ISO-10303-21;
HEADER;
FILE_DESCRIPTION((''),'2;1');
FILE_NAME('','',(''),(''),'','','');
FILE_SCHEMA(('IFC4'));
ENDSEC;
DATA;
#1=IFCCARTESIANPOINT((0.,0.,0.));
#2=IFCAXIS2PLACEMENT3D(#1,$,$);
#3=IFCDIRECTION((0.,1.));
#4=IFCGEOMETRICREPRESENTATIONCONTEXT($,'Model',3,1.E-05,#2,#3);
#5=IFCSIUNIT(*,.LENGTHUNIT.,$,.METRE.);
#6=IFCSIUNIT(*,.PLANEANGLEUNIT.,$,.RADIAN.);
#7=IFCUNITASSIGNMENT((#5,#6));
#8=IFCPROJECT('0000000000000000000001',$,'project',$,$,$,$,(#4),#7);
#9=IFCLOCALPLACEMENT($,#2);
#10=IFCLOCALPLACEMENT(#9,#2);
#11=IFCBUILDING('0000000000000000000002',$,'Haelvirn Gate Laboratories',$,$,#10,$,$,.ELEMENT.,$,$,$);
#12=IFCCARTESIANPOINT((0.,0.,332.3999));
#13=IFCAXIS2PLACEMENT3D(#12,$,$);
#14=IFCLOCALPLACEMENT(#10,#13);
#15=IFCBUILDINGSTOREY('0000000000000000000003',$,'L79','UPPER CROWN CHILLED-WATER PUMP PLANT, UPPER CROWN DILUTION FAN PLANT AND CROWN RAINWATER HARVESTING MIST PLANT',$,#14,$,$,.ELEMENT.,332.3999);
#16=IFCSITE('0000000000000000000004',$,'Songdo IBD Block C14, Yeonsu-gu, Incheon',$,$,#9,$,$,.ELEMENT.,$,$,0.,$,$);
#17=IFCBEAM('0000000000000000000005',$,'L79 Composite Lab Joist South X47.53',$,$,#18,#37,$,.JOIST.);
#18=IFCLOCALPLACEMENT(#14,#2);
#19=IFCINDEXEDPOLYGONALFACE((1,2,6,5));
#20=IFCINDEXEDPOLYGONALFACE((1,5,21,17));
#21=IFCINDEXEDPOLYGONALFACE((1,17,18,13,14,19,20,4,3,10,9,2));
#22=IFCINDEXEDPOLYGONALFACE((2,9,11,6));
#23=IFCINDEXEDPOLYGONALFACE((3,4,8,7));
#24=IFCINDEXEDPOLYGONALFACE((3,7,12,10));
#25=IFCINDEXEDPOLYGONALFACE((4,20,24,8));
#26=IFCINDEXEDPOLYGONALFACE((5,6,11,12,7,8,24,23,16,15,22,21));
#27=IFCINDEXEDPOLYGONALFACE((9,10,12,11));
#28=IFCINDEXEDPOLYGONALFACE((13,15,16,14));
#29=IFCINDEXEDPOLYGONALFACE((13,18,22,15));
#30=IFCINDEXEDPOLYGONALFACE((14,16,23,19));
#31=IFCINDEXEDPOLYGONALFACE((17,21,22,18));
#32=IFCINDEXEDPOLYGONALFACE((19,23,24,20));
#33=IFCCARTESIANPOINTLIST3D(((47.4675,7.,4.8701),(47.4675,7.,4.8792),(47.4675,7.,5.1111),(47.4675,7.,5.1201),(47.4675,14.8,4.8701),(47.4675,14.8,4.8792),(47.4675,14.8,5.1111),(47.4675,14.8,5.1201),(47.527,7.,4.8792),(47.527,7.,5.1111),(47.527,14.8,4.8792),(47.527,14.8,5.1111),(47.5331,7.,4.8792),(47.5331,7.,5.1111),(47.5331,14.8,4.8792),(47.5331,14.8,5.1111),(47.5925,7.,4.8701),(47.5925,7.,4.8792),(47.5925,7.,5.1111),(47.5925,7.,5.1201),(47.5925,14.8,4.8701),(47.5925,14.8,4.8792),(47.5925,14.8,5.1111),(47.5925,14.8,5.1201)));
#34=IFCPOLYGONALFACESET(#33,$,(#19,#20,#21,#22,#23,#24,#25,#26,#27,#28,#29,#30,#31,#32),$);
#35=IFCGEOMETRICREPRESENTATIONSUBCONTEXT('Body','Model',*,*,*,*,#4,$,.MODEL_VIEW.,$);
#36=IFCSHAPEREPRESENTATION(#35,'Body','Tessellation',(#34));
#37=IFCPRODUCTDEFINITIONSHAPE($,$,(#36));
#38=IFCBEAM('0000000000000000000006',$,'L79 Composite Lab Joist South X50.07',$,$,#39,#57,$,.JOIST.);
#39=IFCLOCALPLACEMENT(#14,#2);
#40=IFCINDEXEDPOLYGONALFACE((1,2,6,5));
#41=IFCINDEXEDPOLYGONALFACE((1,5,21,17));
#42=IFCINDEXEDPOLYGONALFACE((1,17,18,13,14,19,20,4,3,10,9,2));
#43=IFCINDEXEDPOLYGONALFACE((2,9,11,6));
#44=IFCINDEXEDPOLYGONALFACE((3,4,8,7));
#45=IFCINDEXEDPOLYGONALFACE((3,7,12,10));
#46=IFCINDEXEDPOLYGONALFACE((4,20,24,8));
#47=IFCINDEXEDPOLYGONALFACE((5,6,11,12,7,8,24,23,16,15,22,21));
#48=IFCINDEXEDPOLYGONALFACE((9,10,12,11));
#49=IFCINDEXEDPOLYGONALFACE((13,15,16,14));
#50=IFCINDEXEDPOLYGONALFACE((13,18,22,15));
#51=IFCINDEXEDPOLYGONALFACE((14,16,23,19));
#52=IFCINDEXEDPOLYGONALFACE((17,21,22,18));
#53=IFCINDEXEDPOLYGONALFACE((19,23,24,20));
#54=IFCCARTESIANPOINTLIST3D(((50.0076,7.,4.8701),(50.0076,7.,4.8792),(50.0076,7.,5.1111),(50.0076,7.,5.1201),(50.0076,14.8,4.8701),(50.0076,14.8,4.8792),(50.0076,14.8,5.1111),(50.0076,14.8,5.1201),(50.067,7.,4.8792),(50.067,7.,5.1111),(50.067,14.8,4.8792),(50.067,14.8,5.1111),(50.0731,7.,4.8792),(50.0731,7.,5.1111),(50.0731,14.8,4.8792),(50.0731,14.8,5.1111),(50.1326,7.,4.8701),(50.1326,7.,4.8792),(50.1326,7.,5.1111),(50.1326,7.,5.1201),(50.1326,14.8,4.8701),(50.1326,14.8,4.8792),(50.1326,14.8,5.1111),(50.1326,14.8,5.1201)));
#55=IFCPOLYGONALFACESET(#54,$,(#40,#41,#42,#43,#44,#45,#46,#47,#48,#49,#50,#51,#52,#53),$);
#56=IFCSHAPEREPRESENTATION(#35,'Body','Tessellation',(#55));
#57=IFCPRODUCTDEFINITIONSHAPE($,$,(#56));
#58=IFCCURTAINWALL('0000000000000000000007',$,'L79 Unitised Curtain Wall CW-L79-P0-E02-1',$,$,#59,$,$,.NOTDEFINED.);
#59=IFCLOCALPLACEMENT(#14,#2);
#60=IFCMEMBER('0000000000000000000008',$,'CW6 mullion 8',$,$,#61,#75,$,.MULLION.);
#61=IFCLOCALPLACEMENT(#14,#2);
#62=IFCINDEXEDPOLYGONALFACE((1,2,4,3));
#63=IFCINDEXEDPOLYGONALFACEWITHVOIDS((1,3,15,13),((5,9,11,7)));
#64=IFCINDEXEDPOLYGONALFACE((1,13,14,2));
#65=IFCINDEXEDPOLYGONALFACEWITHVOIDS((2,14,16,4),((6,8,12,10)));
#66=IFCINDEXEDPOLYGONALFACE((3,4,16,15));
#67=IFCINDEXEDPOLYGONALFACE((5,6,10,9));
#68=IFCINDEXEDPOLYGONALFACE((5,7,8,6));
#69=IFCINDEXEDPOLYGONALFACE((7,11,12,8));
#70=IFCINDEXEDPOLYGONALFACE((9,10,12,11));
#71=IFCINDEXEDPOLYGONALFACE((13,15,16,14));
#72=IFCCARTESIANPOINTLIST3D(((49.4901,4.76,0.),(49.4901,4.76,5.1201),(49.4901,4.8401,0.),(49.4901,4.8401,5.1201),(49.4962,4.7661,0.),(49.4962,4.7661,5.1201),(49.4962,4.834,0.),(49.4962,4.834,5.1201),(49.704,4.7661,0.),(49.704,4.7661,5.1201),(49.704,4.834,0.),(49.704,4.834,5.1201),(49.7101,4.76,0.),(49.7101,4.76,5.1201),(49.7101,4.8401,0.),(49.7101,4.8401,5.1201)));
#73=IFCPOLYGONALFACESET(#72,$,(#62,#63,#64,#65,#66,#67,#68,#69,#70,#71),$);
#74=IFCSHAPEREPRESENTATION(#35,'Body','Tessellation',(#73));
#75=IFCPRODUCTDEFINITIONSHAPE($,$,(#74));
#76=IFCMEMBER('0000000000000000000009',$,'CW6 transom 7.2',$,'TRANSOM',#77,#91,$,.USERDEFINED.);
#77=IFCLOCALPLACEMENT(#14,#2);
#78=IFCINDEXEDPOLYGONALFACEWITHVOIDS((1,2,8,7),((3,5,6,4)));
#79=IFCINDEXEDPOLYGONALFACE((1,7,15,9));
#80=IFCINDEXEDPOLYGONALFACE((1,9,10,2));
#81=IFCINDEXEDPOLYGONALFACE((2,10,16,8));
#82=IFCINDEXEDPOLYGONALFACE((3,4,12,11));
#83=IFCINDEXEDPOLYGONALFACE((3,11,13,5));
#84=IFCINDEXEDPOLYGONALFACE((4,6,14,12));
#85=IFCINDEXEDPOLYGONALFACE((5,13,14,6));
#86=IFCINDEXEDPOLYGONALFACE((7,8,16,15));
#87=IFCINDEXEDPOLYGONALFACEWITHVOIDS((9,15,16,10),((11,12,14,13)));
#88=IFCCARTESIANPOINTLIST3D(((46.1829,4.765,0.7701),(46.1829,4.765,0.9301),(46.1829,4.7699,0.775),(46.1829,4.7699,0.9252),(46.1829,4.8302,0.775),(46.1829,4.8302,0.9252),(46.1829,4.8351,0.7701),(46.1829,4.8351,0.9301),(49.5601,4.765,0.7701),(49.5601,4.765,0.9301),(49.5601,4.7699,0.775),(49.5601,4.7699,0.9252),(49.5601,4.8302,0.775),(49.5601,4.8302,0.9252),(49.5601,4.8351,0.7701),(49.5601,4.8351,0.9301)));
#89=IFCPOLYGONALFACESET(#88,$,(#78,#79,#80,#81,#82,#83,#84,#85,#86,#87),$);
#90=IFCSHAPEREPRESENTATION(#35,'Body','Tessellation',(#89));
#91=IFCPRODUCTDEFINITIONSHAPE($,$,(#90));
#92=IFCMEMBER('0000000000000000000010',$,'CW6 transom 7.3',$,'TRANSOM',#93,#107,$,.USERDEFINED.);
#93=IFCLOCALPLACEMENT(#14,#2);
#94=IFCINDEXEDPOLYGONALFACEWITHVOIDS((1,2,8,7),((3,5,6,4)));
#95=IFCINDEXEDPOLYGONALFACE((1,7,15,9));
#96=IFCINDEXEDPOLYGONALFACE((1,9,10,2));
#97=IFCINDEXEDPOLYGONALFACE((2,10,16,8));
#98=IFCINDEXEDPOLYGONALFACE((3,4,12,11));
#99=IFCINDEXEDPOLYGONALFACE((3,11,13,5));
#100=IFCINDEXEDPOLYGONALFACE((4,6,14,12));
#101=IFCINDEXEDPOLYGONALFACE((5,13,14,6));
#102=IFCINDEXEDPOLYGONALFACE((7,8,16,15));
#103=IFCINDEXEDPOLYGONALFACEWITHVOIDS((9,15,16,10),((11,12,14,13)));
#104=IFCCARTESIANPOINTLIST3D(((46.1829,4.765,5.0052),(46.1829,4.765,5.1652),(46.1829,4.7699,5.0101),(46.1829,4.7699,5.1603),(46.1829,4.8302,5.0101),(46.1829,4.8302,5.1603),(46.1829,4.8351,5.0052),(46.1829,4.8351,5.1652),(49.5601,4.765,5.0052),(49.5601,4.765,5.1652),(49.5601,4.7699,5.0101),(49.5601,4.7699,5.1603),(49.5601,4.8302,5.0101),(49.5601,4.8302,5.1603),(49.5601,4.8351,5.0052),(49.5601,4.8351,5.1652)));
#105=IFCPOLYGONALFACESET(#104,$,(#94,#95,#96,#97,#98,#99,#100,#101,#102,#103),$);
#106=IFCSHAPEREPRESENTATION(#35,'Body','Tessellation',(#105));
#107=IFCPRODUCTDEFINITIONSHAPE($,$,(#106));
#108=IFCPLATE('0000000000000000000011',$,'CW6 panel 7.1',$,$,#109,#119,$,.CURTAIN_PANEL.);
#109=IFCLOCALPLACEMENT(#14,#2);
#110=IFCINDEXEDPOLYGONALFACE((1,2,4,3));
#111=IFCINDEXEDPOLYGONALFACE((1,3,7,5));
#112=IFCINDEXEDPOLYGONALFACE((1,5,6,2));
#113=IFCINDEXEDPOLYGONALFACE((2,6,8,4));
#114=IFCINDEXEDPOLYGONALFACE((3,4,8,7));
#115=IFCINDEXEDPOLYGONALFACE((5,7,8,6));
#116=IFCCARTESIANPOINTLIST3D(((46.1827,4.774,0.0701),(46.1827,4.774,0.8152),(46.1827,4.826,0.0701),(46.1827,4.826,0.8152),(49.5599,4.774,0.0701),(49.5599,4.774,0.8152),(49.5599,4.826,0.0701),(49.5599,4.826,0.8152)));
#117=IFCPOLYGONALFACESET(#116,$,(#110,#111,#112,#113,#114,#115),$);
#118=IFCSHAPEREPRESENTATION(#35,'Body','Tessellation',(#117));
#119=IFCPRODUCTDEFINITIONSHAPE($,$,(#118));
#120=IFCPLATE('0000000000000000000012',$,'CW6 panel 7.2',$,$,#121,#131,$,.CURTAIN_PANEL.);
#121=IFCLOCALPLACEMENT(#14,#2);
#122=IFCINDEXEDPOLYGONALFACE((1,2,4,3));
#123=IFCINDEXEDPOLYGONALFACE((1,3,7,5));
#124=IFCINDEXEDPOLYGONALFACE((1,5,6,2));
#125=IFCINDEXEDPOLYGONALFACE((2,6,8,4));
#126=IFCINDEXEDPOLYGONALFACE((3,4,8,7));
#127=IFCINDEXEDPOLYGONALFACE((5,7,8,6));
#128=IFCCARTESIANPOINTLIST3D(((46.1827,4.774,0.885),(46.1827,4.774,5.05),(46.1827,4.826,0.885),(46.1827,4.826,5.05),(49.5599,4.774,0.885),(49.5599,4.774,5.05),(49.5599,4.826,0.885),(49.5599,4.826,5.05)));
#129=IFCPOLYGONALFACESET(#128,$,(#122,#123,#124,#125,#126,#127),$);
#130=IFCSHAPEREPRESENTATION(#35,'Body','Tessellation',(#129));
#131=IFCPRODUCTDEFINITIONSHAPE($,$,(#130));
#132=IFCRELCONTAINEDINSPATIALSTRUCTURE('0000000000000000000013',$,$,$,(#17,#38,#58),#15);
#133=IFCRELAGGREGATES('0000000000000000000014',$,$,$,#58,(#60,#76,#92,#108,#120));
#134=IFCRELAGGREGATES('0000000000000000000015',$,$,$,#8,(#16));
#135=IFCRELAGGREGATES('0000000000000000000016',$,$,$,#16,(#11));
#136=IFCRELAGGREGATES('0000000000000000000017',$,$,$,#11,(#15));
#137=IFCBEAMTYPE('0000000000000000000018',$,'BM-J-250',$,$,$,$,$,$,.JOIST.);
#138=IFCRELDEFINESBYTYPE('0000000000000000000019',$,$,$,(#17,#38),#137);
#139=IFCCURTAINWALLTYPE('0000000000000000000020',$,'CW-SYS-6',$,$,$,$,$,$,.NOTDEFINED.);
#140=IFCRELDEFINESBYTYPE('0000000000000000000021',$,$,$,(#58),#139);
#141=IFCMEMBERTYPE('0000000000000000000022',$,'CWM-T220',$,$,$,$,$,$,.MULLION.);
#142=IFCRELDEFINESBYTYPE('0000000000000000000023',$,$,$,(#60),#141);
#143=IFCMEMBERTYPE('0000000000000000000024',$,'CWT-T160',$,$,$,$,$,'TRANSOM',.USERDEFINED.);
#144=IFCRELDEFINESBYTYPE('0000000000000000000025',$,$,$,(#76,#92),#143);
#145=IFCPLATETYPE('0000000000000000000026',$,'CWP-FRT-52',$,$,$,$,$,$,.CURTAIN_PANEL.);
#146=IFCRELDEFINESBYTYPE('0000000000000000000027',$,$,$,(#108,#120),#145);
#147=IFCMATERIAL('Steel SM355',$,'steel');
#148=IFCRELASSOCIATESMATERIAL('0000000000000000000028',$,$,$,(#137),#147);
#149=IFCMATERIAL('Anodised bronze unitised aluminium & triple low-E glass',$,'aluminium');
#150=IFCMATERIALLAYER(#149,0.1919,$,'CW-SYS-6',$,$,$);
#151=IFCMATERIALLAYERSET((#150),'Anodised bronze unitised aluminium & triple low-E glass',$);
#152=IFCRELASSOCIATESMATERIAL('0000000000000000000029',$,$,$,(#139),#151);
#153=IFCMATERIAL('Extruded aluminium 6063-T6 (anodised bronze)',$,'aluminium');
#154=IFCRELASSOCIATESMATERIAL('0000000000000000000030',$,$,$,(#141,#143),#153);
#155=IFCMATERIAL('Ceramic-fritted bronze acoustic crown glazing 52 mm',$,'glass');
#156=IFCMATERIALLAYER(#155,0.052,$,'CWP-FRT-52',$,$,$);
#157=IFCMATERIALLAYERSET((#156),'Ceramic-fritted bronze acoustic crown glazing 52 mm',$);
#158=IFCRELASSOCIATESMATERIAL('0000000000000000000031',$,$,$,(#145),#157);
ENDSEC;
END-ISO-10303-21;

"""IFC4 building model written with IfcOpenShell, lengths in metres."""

from ifc_helpers import new_model, si_unit, direction, frame, origin, origin_2d, place, context, subcontext, project, spatial, rectangle, hollow_rectangle, i_section, extrude, source, transform, mapped, material, layer, layer_set, material_profile, profile_set, type_object, type_shapes, element, aggregate, save


model = new_model("IFC4")

# Units and contexts
model_context = context("Model", 3, precision=1e-05, world=origin(), true_north=direction((0.0, 1.0)))
body_context = subcontext(model_context, "Body", "Model", "MODEL_VIEW")
ifc_project = project(units=[si_unit("LENGTHUNIT", "METRE"), si_unit("PLANEANGLEUNIT", "RADIAN")], contexts=[model_context])

# Site, building, storey
site_placement = place(None, origin())
site = spatial("IfcSite", under=ifc_project, at=site_placement, Name="Songdo IBD Block C14, Yeonsu-gu, Incheon", CompositionType="ELEMENT", RefElevation=0.0)
building_placement = place(site_placement, origin())
building = spatial("IfcBuilding", under=site, at=building_placement, Name="Haelvirn Gate Laboratories", CompositionType="ELEMENT")
storey_placement = place(building_placement, frame((0.0, 0.0, 332.3999)))
storey = spatial("IfcBuildingStorey", under=building, at=storey_placement, Name="L79", Description="UPPER CROWN CHILLED-WATER PUMP PLANT, UPPER CROWN DILUTION FAN PLANT AND CROWN RAINWATER HARVESTING MIST PLANT", CompositionType="ELEMENT", Elevation=332.3999)

# Shared definitions
ifc_material_1 = material(Name="Steel SM355", Category="steel")

# Beams
ifc_material_profile_1 = material_profile(ifc_material_1, i_section(OverallWidth=0.125, OverallDepth=0.25, WebThickness=0.0061, FlangeThickness=0.009, at=origin_2d()), Name="H-250x125x6x9")
ifc_profile_set_1 = profile_set([ifc_material_profile_1], Name="Steel SM355")
beam_type_1 = type_object("IfcBeamType", Name="BM-J-250", PredefinedType="JOIST", material=ifc_profile_set_1)
shared_shape_1 = source(origin(), body_context, "Body", "SweptSolid", [
    extrude(i_section(OverallWidth=0.125, OverallDepth=0.25, WebThickness=0.0061, FlangeThickness=0.009, at=origin_2d()), origin(), (0.0, 0.0, 1.0), 7.8),
])
type_shapes(beam_type_1, [shared_shape_1])
for number, where, z_axis, x_axis, name in (
    (1, (47.53, 7.0, 4.9951), (0.0, 1.0, 0.0), (-1.0, 0.0, 0.0), "L79 Composite Lab Joist South X47.53"),
    (2, (50.0701, 7.0, 4.9951), (0.0, 1.0, 0.0), (-1.0, 0.0, 0.0), "L79 Composite Lab Joist South X50.07"),
):
    element("IfcBeam", number, at=place(storey_placement, frame(where, z_axis=z_axis, x_axis=x_axis)), inside=storey, type_object=beam_type_1, Name=name, PredefinedType="JOIST", context=body_context, shape_type="MappedRepresentation", body=[
        mapped(shared_shape_1, transform((0.0, 0.0, 0.0), scale=1.0)),
    ])

# Curtain wall, members, plates
ifc_material_2 = material(Name="Anodised bronze unitised aluminium & triple low-E glass", Category="aluminium")
ifc_layer_1 = layer(ifc_material_2, 0.1919, Name="CW-SYS-6")
ifc_layer_set_1 = layer_set([ifc_layer_1], Name="Anodised bronze unitised aluminium & triple low-E glass")
curtain_wall_type = type_object("IfcCurtainWallType", Name="CW-SYS-6", PredefinedType="NOTDEFINED", material=ifc_layer_set_1)
curtain_wall_placement = place(storey_placement, origin())
curtain_wall = element("IfcCurtainWall", 3, at=curtain_wall_placement, inside=storey, type_object=curtain_wall_type, Name="L79 Unitised Curtain Wall CW-L79-P0-E02-1", PredefinedType="NOTDEFINED")
ifc_material_3 = material(Name="Extruded aluminium 6063-T6 (anodised bronze)", Category="aluminium")
ifc_material_profile_2 = material_profile(ifc_material_3, hollow_rectangle(XDim=0.0801, YDim=0.22, WallThickness=0.0061, at=origin_2d()), Name="CWM-220x80x6")
ifc_profile_set_2 = profile_set([ifc_material_profile_2], Name="Extruded aluminium 6063-T6 (anodised bronze)")
member_type_1 = type_object("IfcMemberType", Name="CWM-T220", PredefinedType="MULLION", material=ifc_profile_set_2)
shared_shape_2 = source(origin(), body_context, "Body", "SweptSolid", [
    extrude(hollow_rectangle(XDim=0.0801, YDim=0.22, WallThickness=0.0061, at=origin_2d()), origin(), (0.0, 0.0, 1.0), 5.1201),
])
type_shapes(member_type_1, [shared_shape_2])
member_1_placement = place(storey_placement, frame((49.6001, 4.8, 0.0), z_axis=(0.0, 0.0, 1.0), x_axis=(0.0, 1.0, 0.0)))
member_1 = element("IfcMember", 4, at=member_1_placement, type_object=member_type_1, Name="CW6 mullion 8", PredefinedType="MULLION", context=body_context, shape_type="MappedRepresentation", body=[
    mapped(shared_shape_2, transform((0.0, 0.0, 0.0), scale=1.0)),
])
ifc_material_profile_3 = material_profile(ifc_material_3, hollow_rectangle(XDim=0.0701, YDim=0.1599, WallThickness=0.0049, at=origin_2d()), Name="CWT-160x70x5")
ifc_profile_set_3 = profile_set([ifc_material_profile_3], Name="Extruded aluminium 6063-T6 (anodised bronze)")
member_type_2 = type_object("IfcMemberType", Name="CWT-T160", ElementType="TRANSOM", PredefinedType="USERDEFINED", material=ifc_profile_set_3)
shared_shape_3 = source(origin(), body_context, "Body", "SweptSolid", [
    extrude(hollow_rectangle(XDim=0.0701, YDim=0.1599, WallThickness=0.0049, at=origin_2d()), origin(), (0.0, 0.0, 1.0), 3.3772),
])
type_shapes(member_type_2, [shared_shape_3])
member_2_placement = place(storey_placement, frame((46.1829, 4.8, 0.8501), z_axis=(1.0, 0.0, 0.0), x_axis=(0.0, 1.0, 0.0)))
member_2 = element("IfcMember", 5, at=member_2_placement, type_object=member_type_2, Name="CW6 transom 7.2", ObjectType="TRANSOM", PredefinedType="USERDEFINED", context=body_context, shape_type="MappedRepresentation", body=[
    mapped(shared_shape_3, transform((0.0, 0.0, 0.0), scale=1.0)),
])
member_3_placement = place(storey_placement, frame((46.1829, 4.8, 5.0852), z_axis=(1.0, 0.0, 0.0), x_axis=(0.0, 1.0, 0.0)))
member_3 = element("IfcMember", 6, at=member_3_placement, type_object=member_type_2, Name="CW6 transom 7.3", ObjectType="TRANSOM", PredefinedType="USERDEFINED", context=body_context, shape_type="MappedRepresentation", body=[
    mapped(shared_shape_3, transform((0.0, 0.0, 0.0), scale=1.0)),
])
ifc_material_4 = material(Name="Ceramic-fritted bronze acoustic crown glazing 52 mm", Category="glass")
ifc_layer_2 = layer(ifc_material_4, 0.052, Name="CWP-FRT-52")
ifc_layer_set_2 = layer_set([ifc_layer_2], Name="Ceramic-fritted bronze acoustic crown glazing 52 mm")
plate_type = type_object("IfcPlateType", Name="CWP-FRT-52", PredefinedType="CURTAIN_PANEL", material=ifc_layer_set_2)
shared_shape_4 = source(origin(), body_context, "Body", "SweptSolid", [
    extrude(rectangle(XDim=3.3772, YDim=0.052, at=origin_2d()), origin(), (0.0, 0.0, 1.0), 0.7451),
])
plate_1_placement = place(storey_placement, frame((47.8713, 4.8, 0.0701), z_axis=(0.0, 0.0, 1.0), x_axis=(1.0, 0.0, 0.0)))
plate_1 = element("IfcPlate", 7, at=plate_1_placement, type_object=plate_type, Name="CW6 panel 7.1", PredefinedType="CURTAIN_PANEL", context=body_context, shape_type="MappedRepresentation", body=[
    mapped(shared_shape_4, transform((0.0, 0.0, 0.0), scale=1.0)),
])
shared_shape_5 = source(origin(), body_context, "Body", "SweptSolid", [
    extrude(rectangle(XDim=3.3772, YDim=0.052, at=origin_2d()), origin(), (0.0, 0.0, 1.0), 4.165),
])
type_shapes(plate_type, [shared_shape_4, shared_shape_5])
plate_2_placement = place(storey_placement, frame((47.8713, 4.8, 0.885), z_axis=(0.0, 0.0, 1.0), x_axis=(1.0, 0.0, 0.0)))
plate_2 = element("IfcPlate", 8, at=plate_2_placement, type_object=plate_type, Name="CW6 panel 7.2", PredefinedType="CURTAIN_PANEL", context=body_context, shape_type="MappedRepresentation", body=[
    mapped(shared_shape_5, transform((0.0, 0.0, 0.0), scale=1.0)),
])
aggregate(curtain_wall, [member_1, member_2, member_3, plate_1, plate_2])

save(model, "model.ifc")
